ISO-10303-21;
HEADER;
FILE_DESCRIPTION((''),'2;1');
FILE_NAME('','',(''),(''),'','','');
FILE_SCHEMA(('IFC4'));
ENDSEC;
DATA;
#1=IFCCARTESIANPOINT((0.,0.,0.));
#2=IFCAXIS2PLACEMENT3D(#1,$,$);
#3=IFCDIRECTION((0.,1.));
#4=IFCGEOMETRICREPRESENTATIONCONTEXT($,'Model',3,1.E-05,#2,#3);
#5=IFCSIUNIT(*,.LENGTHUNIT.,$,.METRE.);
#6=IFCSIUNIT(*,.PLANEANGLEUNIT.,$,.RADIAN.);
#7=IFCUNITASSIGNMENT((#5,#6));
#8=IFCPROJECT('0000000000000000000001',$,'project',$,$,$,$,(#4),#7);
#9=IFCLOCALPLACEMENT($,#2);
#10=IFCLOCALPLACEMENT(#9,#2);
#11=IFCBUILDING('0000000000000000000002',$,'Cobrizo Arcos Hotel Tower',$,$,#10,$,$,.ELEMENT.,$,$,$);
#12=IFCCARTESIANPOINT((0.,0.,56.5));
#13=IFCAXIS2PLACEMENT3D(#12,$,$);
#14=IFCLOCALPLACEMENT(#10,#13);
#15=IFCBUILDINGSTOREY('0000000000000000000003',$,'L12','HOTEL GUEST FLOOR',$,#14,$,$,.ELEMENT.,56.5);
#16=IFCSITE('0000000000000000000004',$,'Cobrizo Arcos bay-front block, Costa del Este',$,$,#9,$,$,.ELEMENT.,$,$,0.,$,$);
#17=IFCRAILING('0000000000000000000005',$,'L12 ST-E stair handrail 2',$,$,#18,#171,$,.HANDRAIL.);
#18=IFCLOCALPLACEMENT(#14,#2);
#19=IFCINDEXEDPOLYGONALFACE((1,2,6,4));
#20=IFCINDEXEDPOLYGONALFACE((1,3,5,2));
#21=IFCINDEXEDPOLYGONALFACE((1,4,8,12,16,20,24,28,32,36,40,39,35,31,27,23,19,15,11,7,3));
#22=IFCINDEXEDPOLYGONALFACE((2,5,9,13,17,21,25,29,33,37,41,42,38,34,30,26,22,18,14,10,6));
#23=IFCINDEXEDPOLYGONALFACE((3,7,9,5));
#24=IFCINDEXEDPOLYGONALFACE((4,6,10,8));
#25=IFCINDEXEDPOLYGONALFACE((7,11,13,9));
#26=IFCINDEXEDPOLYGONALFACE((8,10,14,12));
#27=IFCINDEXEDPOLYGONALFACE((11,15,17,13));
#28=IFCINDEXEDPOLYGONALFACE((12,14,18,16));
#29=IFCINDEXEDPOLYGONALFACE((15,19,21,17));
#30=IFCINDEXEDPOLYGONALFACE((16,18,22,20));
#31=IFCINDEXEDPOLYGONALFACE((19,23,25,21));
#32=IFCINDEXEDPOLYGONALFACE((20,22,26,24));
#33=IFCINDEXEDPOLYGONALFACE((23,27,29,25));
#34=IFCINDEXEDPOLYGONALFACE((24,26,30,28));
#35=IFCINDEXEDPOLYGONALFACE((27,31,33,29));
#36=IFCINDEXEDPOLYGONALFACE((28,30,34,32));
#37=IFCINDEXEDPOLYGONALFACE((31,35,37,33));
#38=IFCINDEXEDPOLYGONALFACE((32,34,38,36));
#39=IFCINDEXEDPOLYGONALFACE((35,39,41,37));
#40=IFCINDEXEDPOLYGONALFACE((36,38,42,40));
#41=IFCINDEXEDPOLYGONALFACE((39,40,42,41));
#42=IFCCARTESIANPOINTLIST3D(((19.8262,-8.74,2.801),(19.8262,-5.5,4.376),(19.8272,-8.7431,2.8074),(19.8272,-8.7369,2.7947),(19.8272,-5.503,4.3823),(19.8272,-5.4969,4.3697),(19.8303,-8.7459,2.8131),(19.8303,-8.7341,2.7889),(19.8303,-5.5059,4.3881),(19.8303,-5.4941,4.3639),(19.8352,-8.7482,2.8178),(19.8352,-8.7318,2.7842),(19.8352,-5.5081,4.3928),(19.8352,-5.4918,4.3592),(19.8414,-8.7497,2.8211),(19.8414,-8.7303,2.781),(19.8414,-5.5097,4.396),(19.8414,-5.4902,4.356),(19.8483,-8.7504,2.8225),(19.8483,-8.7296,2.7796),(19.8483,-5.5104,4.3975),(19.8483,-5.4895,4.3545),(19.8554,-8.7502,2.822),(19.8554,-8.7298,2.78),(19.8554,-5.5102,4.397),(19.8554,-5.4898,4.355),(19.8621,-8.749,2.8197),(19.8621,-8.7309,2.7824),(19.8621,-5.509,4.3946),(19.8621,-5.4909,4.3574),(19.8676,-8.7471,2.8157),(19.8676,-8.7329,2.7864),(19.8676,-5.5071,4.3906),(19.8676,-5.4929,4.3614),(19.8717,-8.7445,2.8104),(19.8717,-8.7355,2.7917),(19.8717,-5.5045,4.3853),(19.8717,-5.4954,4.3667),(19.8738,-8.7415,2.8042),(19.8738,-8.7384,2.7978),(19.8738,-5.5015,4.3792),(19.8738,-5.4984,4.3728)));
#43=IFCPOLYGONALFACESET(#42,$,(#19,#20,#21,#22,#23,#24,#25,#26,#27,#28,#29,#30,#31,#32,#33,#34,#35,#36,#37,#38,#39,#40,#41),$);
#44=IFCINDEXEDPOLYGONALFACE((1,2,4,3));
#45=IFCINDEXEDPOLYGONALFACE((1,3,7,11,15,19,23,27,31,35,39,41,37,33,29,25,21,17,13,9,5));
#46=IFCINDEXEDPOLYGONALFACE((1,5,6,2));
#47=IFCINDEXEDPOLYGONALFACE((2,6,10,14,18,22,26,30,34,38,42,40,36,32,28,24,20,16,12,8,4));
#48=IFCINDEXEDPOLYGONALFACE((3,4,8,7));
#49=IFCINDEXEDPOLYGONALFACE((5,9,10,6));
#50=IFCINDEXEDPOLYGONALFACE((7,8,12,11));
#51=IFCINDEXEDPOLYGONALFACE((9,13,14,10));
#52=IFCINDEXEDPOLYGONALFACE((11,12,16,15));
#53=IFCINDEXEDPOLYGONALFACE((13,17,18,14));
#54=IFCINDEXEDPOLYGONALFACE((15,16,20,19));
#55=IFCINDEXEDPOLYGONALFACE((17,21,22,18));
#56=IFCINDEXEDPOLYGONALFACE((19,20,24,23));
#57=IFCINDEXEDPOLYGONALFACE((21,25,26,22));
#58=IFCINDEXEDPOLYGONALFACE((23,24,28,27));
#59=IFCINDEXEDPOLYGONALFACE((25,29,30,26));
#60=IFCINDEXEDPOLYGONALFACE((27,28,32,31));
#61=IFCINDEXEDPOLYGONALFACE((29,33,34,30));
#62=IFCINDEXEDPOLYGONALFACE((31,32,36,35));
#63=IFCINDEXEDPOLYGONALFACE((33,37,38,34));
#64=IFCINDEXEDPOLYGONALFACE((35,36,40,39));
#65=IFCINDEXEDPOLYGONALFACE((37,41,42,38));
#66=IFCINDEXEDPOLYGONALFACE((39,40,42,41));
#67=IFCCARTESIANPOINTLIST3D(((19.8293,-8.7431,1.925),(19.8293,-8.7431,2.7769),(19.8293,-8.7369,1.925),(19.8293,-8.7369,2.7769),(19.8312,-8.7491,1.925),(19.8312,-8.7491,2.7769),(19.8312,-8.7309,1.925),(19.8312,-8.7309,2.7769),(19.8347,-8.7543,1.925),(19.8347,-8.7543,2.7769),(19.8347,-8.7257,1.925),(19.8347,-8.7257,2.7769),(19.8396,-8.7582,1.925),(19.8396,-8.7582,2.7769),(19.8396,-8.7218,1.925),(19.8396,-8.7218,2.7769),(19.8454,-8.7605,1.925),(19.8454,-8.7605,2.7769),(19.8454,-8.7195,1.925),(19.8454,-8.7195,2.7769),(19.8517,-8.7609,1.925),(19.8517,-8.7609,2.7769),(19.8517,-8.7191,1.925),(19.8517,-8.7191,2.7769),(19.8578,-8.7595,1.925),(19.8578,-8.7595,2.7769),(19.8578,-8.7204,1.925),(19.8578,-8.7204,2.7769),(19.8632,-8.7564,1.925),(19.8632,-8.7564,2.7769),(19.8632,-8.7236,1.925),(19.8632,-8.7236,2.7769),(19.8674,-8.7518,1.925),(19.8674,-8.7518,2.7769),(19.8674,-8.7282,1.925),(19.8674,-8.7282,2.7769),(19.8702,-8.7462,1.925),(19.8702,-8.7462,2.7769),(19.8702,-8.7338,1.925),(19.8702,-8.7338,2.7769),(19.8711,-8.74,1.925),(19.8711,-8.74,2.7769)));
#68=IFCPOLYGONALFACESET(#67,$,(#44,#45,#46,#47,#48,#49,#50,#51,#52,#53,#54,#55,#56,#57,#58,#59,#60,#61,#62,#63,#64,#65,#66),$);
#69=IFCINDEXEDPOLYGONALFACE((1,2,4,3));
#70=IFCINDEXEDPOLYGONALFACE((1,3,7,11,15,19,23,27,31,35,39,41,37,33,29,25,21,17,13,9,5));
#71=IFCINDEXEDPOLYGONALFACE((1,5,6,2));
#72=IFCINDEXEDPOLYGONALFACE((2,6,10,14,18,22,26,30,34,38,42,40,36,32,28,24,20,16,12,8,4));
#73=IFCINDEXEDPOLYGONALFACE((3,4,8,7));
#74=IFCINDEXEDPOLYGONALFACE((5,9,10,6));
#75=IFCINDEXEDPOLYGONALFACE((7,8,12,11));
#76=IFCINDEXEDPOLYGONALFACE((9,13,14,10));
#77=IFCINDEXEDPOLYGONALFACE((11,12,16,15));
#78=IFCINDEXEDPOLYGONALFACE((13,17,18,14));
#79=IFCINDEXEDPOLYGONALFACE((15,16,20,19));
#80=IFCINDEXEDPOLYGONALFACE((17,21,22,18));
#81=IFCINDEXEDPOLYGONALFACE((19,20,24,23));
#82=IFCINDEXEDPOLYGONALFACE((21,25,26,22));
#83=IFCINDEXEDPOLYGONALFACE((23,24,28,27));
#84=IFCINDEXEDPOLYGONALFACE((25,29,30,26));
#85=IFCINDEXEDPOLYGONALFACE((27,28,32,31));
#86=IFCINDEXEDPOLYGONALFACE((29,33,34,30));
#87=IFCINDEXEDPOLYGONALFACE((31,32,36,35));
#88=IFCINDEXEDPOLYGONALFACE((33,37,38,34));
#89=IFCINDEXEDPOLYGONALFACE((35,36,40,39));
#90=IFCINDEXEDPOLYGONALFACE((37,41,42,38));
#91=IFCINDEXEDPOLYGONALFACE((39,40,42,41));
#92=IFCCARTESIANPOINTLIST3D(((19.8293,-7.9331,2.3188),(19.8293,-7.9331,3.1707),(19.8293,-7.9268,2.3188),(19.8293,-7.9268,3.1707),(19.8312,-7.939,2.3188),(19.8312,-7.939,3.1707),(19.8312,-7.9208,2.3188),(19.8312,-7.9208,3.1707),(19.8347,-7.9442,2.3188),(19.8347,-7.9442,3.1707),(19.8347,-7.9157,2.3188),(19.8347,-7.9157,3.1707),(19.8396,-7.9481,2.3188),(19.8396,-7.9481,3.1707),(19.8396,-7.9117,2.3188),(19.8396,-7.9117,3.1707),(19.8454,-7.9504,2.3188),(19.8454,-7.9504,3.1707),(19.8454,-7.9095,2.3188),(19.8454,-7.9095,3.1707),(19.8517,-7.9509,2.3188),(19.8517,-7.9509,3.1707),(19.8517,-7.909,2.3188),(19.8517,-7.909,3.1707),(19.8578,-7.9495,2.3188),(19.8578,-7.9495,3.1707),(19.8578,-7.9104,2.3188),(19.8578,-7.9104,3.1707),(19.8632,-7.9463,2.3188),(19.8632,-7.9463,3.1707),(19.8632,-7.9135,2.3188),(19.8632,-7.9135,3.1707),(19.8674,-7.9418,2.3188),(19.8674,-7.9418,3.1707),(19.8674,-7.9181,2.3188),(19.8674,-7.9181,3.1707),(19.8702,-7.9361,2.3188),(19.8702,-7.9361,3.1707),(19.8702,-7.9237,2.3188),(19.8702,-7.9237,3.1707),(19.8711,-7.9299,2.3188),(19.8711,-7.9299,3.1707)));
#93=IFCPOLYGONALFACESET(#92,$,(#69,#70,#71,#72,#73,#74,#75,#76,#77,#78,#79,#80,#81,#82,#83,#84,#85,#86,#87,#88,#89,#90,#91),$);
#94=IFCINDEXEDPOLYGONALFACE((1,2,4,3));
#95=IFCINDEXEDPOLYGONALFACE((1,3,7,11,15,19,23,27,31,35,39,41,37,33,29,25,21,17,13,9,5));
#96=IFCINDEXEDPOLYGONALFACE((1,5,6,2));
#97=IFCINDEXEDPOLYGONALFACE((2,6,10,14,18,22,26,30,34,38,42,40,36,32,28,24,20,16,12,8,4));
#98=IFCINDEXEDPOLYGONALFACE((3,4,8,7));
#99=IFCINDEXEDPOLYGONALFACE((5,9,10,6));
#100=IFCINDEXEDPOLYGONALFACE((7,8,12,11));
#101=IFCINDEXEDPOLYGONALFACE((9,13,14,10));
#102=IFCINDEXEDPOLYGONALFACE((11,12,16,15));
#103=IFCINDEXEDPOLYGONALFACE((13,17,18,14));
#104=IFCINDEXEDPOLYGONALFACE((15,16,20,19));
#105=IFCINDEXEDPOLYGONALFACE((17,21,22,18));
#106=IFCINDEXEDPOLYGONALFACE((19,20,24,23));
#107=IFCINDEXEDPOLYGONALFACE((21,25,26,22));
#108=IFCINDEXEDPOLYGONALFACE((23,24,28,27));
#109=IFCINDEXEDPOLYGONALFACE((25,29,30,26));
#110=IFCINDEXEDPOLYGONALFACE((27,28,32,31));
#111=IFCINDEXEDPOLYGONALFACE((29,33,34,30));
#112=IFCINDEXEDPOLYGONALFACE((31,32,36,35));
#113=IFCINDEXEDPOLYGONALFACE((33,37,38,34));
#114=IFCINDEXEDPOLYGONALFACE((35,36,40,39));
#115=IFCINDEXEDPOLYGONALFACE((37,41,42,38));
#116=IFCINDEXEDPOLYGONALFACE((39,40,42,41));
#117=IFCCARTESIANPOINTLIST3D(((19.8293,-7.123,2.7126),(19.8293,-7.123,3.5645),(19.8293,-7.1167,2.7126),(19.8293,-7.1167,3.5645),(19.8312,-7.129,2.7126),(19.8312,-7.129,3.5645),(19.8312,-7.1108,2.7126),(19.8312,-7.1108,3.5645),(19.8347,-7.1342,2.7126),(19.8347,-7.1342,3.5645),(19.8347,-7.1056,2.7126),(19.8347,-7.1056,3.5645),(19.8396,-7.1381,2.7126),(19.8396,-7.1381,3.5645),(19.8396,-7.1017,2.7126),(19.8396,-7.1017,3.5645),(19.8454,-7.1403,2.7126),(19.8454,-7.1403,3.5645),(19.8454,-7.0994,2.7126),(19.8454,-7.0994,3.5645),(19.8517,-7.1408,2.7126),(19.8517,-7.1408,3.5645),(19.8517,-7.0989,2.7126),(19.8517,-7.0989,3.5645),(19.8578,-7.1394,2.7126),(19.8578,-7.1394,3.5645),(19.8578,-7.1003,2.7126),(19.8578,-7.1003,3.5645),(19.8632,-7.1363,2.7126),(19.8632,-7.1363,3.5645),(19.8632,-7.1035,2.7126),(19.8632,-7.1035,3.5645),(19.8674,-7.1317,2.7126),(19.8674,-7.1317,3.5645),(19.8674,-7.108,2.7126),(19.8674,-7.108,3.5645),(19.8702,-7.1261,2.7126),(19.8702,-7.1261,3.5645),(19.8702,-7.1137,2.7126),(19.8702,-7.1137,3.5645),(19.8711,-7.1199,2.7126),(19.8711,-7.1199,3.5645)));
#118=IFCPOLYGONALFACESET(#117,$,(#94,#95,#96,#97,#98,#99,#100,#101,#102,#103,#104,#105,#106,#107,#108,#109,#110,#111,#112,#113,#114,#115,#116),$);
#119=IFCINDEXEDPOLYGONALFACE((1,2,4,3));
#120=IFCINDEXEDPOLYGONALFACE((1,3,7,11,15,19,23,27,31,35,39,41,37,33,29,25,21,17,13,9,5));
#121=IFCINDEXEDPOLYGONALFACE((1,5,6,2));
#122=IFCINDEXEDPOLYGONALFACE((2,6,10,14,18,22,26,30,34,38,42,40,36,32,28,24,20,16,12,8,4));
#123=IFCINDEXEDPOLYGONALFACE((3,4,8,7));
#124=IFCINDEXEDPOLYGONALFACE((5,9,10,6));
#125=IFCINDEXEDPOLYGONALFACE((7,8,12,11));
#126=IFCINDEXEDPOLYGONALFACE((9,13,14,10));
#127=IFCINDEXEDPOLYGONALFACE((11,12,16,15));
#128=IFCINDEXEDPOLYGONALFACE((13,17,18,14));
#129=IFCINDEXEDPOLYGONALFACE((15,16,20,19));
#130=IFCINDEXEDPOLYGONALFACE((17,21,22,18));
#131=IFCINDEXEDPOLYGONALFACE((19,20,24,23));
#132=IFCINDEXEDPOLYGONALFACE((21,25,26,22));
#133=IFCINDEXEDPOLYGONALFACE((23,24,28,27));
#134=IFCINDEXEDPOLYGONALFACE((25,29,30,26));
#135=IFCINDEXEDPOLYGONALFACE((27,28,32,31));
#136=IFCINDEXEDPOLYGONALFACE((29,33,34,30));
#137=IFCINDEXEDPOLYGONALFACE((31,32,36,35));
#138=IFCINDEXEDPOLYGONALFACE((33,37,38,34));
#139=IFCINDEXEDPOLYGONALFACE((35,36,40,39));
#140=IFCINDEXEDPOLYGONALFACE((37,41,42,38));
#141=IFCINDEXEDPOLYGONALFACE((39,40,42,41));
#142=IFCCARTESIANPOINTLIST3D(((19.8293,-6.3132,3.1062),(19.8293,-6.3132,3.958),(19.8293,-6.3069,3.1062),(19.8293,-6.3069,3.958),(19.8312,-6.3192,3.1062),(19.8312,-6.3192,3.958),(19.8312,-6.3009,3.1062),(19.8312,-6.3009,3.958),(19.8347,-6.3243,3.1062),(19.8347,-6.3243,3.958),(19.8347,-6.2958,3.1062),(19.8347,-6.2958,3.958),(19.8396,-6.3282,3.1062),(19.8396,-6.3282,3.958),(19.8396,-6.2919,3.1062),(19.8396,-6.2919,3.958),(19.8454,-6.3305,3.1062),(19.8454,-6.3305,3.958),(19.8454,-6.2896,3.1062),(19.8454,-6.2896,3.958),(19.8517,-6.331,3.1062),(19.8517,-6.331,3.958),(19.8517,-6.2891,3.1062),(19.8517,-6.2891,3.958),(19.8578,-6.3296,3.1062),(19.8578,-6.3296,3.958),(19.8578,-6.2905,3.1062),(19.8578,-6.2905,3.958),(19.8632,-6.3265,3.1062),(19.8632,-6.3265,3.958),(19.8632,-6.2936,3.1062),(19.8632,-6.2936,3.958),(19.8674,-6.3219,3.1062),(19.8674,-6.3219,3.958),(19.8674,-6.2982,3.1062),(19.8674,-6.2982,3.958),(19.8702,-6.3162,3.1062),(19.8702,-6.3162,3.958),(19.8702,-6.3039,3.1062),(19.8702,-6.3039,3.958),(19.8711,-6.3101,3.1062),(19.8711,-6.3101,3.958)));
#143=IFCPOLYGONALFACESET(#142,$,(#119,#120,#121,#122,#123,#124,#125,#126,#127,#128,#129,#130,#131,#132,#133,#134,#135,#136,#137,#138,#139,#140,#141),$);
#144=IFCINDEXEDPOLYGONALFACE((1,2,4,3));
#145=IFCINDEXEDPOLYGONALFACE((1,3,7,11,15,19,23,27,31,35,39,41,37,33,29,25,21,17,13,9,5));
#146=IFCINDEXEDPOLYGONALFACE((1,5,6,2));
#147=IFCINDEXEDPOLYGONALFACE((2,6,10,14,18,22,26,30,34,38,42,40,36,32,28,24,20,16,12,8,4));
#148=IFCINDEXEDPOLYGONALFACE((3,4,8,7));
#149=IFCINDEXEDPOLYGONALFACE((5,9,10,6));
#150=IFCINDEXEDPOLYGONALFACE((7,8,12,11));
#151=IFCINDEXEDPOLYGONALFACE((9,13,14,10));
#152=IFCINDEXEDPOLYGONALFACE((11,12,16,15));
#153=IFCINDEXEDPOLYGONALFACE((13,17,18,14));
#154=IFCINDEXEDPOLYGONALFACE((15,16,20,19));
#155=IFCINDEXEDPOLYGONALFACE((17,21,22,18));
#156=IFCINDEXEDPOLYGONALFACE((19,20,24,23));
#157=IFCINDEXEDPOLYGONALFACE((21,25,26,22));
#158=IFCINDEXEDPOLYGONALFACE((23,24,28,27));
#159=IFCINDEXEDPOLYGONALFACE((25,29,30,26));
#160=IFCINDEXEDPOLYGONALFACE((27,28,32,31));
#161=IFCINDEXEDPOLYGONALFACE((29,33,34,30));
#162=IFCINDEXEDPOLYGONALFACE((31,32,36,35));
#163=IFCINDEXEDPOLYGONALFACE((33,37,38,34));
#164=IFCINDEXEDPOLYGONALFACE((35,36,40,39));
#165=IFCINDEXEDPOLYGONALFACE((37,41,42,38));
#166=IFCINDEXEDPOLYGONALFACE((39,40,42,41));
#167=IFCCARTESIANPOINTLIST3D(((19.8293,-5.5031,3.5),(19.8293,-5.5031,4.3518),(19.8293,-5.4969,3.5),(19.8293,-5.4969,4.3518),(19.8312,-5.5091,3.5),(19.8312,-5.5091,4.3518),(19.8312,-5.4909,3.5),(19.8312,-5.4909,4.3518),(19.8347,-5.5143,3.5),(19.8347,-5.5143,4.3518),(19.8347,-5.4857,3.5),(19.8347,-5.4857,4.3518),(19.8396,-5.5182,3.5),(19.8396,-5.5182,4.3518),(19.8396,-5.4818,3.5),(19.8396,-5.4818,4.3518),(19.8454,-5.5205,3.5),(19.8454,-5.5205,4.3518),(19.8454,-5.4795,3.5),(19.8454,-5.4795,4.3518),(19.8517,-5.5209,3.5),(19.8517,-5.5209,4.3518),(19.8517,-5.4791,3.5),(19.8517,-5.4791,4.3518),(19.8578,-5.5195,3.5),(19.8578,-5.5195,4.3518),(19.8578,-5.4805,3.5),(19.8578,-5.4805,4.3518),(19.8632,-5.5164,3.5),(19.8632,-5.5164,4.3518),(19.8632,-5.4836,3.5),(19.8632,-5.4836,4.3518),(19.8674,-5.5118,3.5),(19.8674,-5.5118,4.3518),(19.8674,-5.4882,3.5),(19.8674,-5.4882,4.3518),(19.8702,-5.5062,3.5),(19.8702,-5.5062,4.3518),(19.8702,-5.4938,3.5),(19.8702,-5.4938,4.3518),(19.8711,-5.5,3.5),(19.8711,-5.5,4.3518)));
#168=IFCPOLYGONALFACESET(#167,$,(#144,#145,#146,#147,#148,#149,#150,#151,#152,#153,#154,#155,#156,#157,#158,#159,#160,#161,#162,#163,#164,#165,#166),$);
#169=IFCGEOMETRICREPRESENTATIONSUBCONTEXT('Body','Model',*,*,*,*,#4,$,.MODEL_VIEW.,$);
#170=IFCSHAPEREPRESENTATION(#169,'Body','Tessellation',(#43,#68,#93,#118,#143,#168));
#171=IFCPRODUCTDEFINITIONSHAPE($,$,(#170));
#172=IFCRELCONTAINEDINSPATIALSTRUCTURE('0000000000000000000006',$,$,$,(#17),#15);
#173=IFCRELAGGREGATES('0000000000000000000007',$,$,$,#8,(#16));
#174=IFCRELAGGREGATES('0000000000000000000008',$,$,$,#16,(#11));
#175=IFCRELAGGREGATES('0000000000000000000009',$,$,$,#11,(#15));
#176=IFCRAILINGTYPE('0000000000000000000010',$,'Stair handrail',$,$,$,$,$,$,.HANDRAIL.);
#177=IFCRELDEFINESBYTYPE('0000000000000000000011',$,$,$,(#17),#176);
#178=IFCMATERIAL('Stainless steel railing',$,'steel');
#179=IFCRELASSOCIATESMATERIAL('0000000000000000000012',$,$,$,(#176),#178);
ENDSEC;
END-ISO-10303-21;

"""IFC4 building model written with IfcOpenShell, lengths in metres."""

from ifc_helpers import new_model, si_unit, direction, frame, origin, origin_2d, place, context, subcontext, project, spatial, circle, extrude, material, type_object, element, save


model = new_model("IFC4")

# Units and contexts
model_context = context("Model", 3, precision=1e-05, world=origin(), true_north=direction((0.0, 1.0)))
body_context = subcontext(model_context, "Body", "Model", "MODEL_VIEW")
ifc_project = project(units=[si_unit("LENGTHUNIT", "METRE"), si_unit("PLANEANGLEUNIT", "RADIAN")], contexts=[model_context])

# Site, building, storey
site_placement = place(None, origin())
site = spatial("IfcSite", under=ifc_project, at=site_placement, Name="Cobrizo Arcos bay-front block, Costa del Este", CompositionType="ELEMENT", RefElevation=0.0)
building_placement = place(site_placement, origin())
building = spatial("IfcBuilding", under=site, at=building_placement, Name="Cobrizo Arcos Hotel Tower", CompositionType="ELEMENT")
storey_placement = place(building_placement, frame((0.0, 0.0, 56.5)))
storey = spatial("IfcBuildingStorey", under=building, at=storey_placement, Name="L12", Description="HOTEL GUEST FLOOR", CompositionType="ELEMENT", Elevation=56.5)

# Railing
ifc_material_1 = material(Name="Stainless steel railing", Category="steel")
railing_type_1 = type_object("IfcRailingType", Name="Stair handrail", PredefinedType="HANDRAIL", material=ifc_material_1)
railing_1_placement = place(storey_placement, frame((19.8501, -8.74, 1.925)))
element("IfcRailing", 1, at=railing_1_placement, inside=storey, type_object=railing_type_1, Name="L12 ST-E stair handrail 2", PredefinedType="HANDRAIL", context=body_context, shape_type="SweptSolid", body=[
    extrude(circle(Radius=0.0239, at=origin_2d()), frame((0.0, 0.0, 0.876), z_axis=(0.0, 0.899373, 0.437183), x_axis=(-1.0, 0.0, 0.0)), (0.0, 0.0, 1.0), 3.6025),
    extrude(circle(Radius=0.021, at=origin_2d()), origin(), (0.0, 0.0, 1.0), 0.8518),
    extrude(circle(Radius=0.021, at=origin_2d()), frame((0.0, 0.8101, 0.3938)), (0.0, 0.0, 1.0), 0.8518),
    extrude(circle(Radius=0.021, at=origin_2d()), frame((0.0, 1.6201, 0.7876)), (0.0, 0.0, 1.0), 0.8518),
    extrude(circle(Radius=0.021, at=origin_2d()), frame((0.0, 2.4299, 1.1812)), (0.0, 0.0, 1.0), 0.8518),
    extrude(circle(Radius=0.021, at=origin_2d()), frame((0.0, 3.24, 1.575)), (0.0, 0.0, 1.0), 0.8518),
])

save(model, "model.ifc")
